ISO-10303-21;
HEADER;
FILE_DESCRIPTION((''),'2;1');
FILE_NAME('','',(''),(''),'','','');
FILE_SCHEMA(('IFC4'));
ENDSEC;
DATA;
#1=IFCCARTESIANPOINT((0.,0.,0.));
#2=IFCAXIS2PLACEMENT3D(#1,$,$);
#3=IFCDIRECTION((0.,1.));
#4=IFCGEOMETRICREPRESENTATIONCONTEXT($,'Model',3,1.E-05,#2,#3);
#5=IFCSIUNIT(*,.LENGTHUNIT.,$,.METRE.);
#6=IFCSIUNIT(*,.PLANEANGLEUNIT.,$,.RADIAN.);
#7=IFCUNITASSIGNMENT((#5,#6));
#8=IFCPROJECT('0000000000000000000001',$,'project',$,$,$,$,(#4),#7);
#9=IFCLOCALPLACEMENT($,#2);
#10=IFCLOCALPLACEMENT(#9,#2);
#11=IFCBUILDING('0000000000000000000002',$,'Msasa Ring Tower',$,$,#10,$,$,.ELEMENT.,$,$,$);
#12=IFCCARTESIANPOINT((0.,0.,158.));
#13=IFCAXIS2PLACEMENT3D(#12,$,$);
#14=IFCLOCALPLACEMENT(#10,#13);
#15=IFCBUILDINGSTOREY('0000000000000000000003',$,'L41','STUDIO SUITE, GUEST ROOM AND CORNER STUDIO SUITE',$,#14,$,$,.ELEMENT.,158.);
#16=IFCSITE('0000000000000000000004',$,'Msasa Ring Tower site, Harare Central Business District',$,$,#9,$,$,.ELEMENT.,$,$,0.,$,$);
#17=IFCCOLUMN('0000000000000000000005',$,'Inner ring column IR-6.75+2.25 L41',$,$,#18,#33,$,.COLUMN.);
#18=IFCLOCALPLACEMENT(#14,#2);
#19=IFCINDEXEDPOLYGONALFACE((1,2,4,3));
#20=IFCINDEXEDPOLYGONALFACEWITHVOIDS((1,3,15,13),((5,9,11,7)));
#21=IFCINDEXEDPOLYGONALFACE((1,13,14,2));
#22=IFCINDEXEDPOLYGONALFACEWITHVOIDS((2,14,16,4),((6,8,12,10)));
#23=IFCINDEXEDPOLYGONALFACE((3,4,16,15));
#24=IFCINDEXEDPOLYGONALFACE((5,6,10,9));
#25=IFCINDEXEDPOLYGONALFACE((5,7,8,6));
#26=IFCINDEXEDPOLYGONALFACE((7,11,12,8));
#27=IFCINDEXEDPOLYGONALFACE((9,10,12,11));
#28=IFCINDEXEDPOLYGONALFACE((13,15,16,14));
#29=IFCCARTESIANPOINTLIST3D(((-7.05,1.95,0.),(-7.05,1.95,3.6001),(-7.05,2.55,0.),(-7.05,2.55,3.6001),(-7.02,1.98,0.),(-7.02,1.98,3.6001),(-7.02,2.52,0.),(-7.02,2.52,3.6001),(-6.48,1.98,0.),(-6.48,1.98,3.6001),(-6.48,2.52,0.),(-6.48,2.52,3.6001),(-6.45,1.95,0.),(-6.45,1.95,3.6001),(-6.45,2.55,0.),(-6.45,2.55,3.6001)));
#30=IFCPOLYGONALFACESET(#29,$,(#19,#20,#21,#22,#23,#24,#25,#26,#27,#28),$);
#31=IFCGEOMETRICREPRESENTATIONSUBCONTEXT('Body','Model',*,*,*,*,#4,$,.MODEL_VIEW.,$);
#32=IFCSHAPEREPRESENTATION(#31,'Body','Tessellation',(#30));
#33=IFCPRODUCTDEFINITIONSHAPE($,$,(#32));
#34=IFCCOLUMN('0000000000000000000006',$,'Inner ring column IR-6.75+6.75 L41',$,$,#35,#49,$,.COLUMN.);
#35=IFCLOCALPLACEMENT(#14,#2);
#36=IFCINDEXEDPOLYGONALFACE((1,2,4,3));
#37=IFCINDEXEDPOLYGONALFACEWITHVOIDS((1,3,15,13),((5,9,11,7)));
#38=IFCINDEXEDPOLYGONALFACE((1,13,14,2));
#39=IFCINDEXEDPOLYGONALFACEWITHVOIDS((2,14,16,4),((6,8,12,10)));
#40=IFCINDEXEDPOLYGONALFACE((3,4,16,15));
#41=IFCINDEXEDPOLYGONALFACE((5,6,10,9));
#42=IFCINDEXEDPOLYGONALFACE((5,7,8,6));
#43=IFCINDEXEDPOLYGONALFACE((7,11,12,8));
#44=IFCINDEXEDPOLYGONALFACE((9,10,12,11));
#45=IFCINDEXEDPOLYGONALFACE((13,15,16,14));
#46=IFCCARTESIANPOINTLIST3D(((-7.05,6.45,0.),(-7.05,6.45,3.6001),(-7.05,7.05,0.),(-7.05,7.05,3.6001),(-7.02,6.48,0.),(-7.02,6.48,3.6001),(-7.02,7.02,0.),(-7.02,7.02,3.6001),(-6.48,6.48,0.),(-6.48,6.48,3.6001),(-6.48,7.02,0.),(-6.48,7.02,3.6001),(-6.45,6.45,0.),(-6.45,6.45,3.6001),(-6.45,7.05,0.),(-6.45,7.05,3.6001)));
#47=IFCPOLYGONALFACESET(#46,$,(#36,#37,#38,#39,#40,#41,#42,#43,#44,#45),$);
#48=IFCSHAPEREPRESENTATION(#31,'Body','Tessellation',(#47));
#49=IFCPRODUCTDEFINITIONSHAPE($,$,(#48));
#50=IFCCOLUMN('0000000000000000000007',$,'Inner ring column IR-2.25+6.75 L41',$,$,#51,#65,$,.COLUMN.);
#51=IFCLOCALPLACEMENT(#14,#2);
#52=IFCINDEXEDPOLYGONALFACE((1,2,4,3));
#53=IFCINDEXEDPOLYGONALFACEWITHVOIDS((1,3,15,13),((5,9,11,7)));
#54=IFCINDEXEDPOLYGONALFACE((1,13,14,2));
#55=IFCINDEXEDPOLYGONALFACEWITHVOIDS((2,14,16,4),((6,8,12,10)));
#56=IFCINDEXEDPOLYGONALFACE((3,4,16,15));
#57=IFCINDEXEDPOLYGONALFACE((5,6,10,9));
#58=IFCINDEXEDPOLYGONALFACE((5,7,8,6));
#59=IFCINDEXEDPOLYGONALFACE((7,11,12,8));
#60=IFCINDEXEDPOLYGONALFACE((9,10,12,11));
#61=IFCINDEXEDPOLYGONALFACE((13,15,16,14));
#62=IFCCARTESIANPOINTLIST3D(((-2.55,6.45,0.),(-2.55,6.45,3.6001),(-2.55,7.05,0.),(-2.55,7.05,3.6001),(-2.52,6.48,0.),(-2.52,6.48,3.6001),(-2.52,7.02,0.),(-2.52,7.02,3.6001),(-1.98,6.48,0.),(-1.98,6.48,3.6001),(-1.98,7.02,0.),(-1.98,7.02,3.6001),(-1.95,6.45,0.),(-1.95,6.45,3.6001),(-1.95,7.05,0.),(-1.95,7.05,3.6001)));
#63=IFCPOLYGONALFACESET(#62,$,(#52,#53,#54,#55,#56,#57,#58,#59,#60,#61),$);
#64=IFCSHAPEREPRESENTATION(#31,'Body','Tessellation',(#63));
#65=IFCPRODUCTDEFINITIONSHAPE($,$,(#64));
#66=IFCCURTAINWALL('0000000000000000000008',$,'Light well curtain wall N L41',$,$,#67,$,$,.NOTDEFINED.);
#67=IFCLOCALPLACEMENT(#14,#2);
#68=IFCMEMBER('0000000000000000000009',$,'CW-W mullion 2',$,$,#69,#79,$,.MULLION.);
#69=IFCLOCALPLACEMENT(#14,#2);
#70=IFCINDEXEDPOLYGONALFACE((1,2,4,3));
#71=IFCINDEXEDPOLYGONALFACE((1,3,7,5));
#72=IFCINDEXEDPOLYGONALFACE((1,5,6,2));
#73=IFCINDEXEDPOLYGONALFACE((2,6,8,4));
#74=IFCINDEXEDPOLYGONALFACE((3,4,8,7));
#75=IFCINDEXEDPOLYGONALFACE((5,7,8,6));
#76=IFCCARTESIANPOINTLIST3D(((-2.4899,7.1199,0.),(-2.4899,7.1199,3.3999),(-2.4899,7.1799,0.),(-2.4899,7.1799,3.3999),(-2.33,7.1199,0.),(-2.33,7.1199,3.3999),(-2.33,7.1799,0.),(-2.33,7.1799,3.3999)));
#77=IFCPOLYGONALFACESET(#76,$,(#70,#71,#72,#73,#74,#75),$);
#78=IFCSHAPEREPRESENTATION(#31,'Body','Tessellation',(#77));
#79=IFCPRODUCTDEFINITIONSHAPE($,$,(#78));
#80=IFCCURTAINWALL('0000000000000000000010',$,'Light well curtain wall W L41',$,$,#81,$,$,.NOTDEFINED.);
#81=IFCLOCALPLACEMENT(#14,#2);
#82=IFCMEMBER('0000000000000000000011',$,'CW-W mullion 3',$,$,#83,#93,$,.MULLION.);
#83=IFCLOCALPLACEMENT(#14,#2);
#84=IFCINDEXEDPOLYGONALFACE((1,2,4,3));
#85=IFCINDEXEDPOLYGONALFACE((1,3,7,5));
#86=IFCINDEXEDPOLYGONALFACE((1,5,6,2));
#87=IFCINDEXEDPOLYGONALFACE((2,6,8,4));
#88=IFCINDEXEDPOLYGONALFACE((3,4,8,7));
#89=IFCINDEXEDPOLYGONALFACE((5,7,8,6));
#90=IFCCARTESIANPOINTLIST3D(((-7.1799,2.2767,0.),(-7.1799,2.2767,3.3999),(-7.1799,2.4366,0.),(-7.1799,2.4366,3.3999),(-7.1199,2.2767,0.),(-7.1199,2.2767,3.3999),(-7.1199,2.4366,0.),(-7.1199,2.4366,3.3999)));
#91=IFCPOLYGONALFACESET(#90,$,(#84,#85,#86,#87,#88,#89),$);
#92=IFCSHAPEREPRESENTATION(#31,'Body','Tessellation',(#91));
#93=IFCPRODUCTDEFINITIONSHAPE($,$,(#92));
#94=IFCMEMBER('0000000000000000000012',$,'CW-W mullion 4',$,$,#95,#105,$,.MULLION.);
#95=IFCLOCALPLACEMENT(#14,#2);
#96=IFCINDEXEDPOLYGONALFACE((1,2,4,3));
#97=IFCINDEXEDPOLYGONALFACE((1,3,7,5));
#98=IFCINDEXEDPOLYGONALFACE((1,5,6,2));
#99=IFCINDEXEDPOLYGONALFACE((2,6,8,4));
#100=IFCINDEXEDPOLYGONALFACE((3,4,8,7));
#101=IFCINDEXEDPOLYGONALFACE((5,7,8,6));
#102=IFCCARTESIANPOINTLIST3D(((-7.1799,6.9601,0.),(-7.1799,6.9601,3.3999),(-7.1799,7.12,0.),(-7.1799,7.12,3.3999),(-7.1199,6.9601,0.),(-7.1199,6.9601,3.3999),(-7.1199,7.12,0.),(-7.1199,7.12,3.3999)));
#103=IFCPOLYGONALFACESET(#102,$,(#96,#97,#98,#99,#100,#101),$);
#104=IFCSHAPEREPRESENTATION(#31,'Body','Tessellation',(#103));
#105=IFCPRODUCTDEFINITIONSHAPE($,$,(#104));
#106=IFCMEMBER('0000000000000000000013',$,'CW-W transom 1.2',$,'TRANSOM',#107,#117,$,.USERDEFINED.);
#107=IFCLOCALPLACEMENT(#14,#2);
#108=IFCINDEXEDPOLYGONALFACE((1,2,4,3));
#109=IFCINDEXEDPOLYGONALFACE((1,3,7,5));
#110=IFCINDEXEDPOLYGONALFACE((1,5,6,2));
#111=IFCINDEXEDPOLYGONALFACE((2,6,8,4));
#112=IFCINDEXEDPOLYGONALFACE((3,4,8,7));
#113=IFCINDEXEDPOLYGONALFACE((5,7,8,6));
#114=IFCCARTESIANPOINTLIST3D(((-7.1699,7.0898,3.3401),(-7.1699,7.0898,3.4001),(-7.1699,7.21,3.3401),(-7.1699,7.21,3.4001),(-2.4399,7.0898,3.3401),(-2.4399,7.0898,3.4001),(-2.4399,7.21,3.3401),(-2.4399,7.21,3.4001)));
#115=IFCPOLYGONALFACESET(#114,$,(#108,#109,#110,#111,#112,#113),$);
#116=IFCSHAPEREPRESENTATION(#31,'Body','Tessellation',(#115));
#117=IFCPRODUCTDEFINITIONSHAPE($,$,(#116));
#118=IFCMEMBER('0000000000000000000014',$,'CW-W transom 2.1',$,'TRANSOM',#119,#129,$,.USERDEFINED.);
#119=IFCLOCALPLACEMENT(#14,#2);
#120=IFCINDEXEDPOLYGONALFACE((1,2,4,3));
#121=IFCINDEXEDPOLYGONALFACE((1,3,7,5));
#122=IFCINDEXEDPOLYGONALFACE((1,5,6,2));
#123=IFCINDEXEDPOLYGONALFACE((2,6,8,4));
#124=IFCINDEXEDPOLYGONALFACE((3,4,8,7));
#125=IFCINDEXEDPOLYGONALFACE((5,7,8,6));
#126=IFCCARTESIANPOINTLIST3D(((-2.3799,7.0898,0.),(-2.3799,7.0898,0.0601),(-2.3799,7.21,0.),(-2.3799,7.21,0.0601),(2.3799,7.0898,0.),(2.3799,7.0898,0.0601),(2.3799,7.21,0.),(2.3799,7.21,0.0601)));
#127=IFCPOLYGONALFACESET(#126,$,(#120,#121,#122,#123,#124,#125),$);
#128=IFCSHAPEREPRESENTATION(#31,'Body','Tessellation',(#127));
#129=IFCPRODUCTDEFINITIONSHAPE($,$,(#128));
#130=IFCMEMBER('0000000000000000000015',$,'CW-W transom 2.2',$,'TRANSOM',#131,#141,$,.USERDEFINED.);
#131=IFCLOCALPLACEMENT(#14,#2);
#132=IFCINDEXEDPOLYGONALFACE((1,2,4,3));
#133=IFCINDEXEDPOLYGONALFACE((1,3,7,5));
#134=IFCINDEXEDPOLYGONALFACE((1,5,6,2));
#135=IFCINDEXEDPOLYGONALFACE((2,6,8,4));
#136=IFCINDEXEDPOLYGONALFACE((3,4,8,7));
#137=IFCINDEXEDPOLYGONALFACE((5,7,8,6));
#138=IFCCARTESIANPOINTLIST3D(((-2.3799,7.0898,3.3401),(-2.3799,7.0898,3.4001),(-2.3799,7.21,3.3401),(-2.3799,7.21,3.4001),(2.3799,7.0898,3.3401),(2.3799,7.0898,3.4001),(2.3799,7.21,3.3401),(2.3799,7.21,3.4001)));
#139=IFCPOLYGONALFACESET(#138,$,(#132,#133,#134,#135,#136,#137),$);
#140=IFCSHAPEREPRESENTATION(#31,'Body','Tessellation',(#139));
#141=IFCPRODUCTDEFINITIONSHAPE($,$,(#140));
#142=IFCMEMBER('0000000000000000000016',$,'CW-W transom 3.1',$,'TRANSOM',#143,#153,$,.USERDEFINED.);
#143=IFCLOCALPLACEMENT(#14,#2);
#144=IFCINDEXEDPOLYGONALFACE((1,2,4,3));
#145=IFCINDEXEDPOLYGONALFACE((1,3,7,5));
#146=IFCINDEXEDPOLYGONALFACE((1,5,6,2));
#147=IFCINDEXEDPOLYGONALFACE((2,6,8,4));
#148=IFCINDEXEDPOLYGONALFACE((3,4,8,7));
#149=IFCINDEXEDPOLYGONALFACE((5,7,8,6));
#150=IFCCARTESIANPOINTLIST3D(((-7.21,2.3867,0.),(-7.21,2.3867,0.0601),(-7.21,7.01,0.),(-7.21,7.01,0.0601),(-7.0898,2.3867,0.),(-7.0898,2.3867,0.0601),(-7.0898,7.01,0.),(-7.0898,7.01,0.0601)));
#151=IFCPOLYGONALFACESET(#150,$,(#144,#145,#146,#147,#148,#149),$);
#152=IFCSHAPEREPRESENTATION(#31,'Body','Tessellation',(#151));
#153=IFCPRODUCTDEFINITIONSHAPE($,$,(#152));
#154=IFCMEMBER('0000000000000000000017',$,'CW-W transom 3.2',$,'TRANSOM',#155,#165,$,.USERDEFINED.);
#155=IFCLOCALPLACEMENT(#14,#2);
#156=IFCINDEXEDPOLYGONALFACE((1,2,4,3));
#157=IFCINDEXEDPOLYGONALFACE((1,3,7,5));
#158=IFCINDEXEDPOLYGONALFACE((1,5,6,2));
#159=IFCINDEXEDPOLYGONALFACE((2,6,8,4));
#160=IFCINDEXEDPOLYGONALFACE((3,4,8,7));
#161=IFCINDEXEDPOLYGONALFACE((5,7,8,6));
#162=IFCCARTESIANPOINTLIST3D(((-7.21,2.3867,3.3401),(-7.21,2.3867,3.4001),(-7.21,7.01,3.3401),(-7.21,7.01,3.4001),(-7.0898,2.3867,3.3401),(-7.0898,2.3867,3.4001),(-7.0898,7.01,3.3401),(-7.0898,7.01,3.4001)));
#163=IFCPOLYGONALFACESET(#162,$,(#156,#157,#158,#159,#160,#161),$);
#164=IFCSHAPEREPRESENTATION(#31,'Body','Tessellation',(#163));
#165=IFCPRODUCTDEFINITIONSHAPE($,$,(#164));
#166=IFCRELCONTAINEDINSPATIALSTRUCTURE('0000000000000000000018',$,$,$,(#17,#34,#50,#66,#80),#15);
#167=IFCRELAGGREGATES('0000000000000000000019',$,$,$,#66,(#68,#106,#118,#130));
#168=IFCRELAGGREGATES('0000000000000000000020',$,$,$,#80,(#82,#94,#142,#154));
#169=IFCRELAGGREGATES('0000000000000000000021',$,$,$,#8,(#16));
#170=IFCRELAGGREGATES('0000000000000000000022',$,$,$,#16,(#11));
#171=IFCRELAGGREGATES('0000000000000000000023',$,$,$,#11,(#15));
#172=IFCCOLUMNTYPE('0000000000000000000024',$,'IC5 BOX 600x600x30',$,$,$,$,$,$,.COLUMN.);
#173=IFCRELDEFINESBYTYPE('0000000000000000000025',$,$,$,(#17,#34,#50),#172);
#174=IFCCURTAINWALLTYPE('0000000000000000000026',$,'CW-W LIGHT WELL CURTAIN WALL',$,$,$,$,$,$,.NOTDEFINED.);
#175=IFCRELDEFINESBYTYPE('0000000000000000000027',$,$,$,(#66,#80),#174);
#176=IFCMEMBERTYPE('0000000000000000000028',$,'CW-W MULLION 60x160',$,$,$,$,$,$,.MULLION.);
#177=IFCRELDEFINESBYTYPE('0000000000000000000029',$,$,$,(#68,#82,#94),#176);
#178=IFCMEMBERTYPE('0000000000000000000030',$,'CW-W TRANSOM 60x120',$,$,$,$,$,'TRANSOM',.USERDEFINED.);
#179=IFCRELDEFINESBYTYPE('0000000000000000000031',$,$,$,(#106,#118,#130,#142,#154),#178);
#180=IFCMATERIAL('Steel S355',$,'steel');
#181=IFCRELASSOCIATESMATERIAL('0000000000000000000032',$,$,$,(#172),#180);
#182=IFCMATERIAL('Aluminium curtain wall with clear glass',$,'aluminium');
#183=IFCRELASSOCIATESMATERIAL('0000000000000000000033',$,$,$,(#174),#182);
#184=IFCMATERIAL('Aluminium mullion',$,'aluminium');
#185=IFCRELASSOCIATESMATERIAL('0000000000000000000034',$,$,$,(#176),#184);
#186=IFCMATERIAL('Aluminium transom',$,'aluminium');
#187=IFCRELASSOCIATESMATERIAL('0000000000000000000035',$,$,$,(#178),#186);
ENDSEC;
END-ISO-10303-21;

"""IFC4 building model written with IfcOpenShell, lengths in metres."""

from ifc_helpers import new_model, si_unit, direction, frame, origin, origin_2d, place, context, subcontext, project, spatial, rectangle, hollow_rectangle, extrude, material, material_profile, profile_set, type_object, element, aggregate, save


model = new_model("IFC4")

# Units and contexts
model_context = context("Model", 3, precision=1e-05, world=origin(), true_north=direction((0.0, 1.0)))
body_context = subcontext(model_context, "Body", "Model", "MODEL_VIEW")
ifc_project = project(units=[si_unit("LENGTHUNIT", "METRE"), si_unit("PLANEANGLEUNIT", "RADIAN")], contexts=[model_context])

# Site, building, storey
site_placement = place(None, origin())
site = spatial("IfcSite", under=ifc_project, at=site_placement, Name="Msasa Ring Tower site, Harare Central Business District", CompositionType="ELEMENT", RefElevation=0.0)
building_placement = place(site_placement, origin())
building = spatial("IfcBuilding", under=site, at=building_placement, Name="Msasa Ring Tower", CompositionType="ELEMENT")
storey_placement = place(building_placement, frame((0.0, 0.0, 158.0)))
storey = spatial("IfcBuildingStorey", under=building, at=storey_placement, Name="L41", Description="STUDIO SUITE, GUEST ROOM AND CORNER STUDIO SUITE", CompositionType="ELEMENT", Elevation=158.0)

# Columns
ifc_material_1 = material(Name="Steel S355", Category="steel")
ifc_material_profile_1 = material_profile(ifc_material_1, hollow_rectangle(XDim=0.6001, YDim=0.6001, WallThickness=0.03, at=origin_2d()), Name="BOX 600x600x30")
ifc_profile_set_1 = profile_set([ifc_material_profile_1], Name="Steel S355")
column_type = type_object("IfcColumnType", Name="IC5 BOX 600x600x30", PredefinedType="COLUMN", material=ifc_profile_set_1)
for number, where, z_axis, x_axis, name in (
    (1, (-6.75, 2.25, 0.0), (0.0, 0.0, 1.0), (1.0, 0.0, 0.0), "Inner ring column IR-6.75+2.25 L41"),
    (2, (-6.75, 6.75, 0.0), (0.0, 0.0, 1.0), (1.0, 0.0, 0.0), "Inner ring column IR-6.75+6.75 L41"),
    (3, (-2.25, 6.75, 0.0), (0.0, 0.0, 1.0), (1.0, 0.0, 0.0), "Inner ring column IR-2.25+6.75 L41"),
):
    element("IfcColumn", number, at=place(storey_placement, frame(where, z_axis=z_axis, x_axis=x_axis)), inside=storey, type_object=column_type, Name=name, PredefinedType="COLUMN", context=body_context, shape_type="SweptSolid", body=[
        extrude(hollow_rectangle(XDim=0.6001, YDim=0.6001, WallThickness=0.03, at=origin_2d()), origin(), (0.0, 0.0, 1.0), 3.6001),
    ])

# Curtain wall, member
ifc_material_2 = material(Name="Aluminium curtain wall with clear glass", Category="aluminium")
curtain_wall_type = type_object("IfcCurtainWallType", Name="CW-W LIGHT WELL CURTAIN WALL", PredefinedType="NOTDEFINED", material=ifc_material_2)
curtain_wall_1_placement = place(storey_placement, origin())
curtain_wall_1 = element("IfcCurtainWall", 4, at=curtain_wall_1_placement, inside=storey, type_object=curtain_wall_type, Name="Light well curtain wall N L41", PredefinedType="NOTDEFINED")
ifc_material_3 = material(Name="Aluminium mullion", Category="aluminium")
ifc_material_profile_2 = material_profile(ifc_material_3, rectangle(XDim=0.0601, YDim=0.1599, at=origin_2d()), Name="AL 60x160")
ifc_profile_set_2 = profile_set([ifc_material_profile_2], Name="Aluminium mullion")
member_type_1 = type_object("IfcMemberType", Name="CW-W MULLION 60x160", PredefinedType="MULLION", material=ifc_profile_set_2)
member_1_placement = place(storey_placement, frame((-2.4099, 7.1499, 0.0), z_axis=(0.0, 0.0, 1.0), x_axis=(0.0, 1.0, 0.0)))
member_1 = element("IfcMember", 5, at=member_1_placement, type_object=member_type_1, Name="CW-W mullion 2", PredefinedType="MULLION", context=body_context, shape_type="SweptSolid", body=[
    extrude(rectangle(XDim=0.0601, YDim=0.1599, at=origin_2d()), origin(), (0.0, 0.0, 1.0), 3.3999),
])

# Curtain wall, members
curtain_wall_2_placement = place(storey_placement, origin())
curtain_wall_2 = element("IfcCurtainWall", 6, at=curtain_wall_2_placement, inside=storey, type_object=curtain_wall_type, Name="Light well curtain wall W L41", PredefinedType="NOTDEFINED")
member_2_placement = place(storey_placement, frame((-7.1499, 2.3567, 0.0), z_axis=(0.0, 0.0, 1.0), x_axis=(-1.0, 0.0, 0.0)))
member_2 = element("IfcMember", 7, at=member_2_placement, type_object=member_type_1, Name="CW-W mullion 3", PredefinedType="MULLION", context=body_context, shape_type="SweptSolid", body=[
    extrude(rectangle(XDim=0.0601, YDim=0.1599, at=origin_2d()), origin(), (0.0, 0.0, 1.0), 3.3999),
])
member_3_placement = place(storey_placement, frame((-7.1499, 7.04, 0.0), z_axis=(0.0, 0.0, 1.0), x_axis=(-1.0, 0.0, 0.0)))
member_3 = element("IfcMember", 8, at=member_3_placement, type_object=member_type_1, Name="CW-W mullion 4", PredefinedType="MULLION", context=body_context, shape_type="SweptSolid", body=[
    extrude(rectangle(XDim=0.0601, YDim=0.1599, at=origin_2d()), origin(), (0.0, 0.0, 1.0), 3.3999),
])

# Members
ifc_material_4 = material(Name="Aluminium transom", Category="aluminium")
ifc_material_profile_3 = material_profile(ifc_material_4, rectangle(XDim=0.1201, YDim=0.0601, at=origin_2d()), Name="AL 60x120")
ifc_profile_set_3 = profile_set([ifc_material_profile_3], Name="Aluminium transom")
member_type_2 = type_object("IfcMemberType", Name="CW-W TRANSOM 60x120", ElementType="TRANSOM", PredefinedType="USERDEFINED", material=ifc_profile_set_3)
member_4_placement = place(storey_placement, frame((-7.1699, 7.1499, 3.3701), z_axis=(1.0, 0.0, 0.0), x_axis=(0.0, 1.0, 0.0)))
member_4 = element("IfcMember", 9, at=member_4_placement, type_object=member_type_2, Name="CW-W transom 1.2", ObjectType="TRANSOM", PredefinedType="USERDEFINED", context=body_context, shape_type="SweptSolid", body=[
    extrude(rectangle(XDim=0.1201, YDim=0.0601, at=origin_2d()), origin(), (0.0, 0.0, 1.0), 4.73),
])
member_5_placement = place(storey_placement, frame((-2.3799, 7.1499, 0.03), z_axis=(1.0, 0.0, 0.0), x_axis=(0.0, 1.0, 0.0)))
member_5 = element("IfcMember", 10, at=member_5_placement, type_object=member_type_2, Name="CW-W transom 2.1", ObjectType="TRANSOM", PredefinedType="USERDEFINED", context=body_context, shape_type="SweptSolid", body=[
    extrude(rectangle(XDim=0.1201, YDim=0.0601, at=origin_2d()), origin(), (0.0, 0.0, 1.0), 4.7598),
])
member_6_placement = place(storey_placement, frame((-2.3799, 7.1499, 3.3701), z_axis=(1.0, 0.0, 0.0), x_axis=(0.0, 1.0, 0.0)))
member_6 = element("IfcMember", 11, at=member_6_placement, type_object=member_type_2, Name="CW-W transom 2.2", ObjectType="TRANSOM", PredefinedType="USERDEFINED", context=body_context, shape_type="SweptSolid", body=[
    extrude(rectangle(XDim=0.1201, YDim=0.0601, at=origin_2d()), origin(), (0.0, 0.0, 1.0), 4.7598),
])
member_7_placement = place(storey_placement, frame((-7.1499, 2.3867, 0.03), z_axis=(0.0, 1.0, 0.0), x_axis=(-1.0, 0.0, 0.0)))
member_7 = element("IfcMember", 12, at=member_7_placement, type_object=member_type_2, Name="CW-W transom 3.1", ObjectType="TRANSOM", PredefinedType="USERDEFINED", context=body_context, shape_type="SweptSolid", body=[
    extrude(rectangle(XDim=0.1201, YDim=0.0601, at=origin_2d()), origin(), (0.0, 0.0, 1.0), 4.6233),
])
member_8_placement = place(storey_placement, frame((-7.1499, 2.3867, 3.3701), z_axis=(0.0, 1.0, 0.0), x_axis=(-1.0, 0.0, 0.0)))
member_8 = element("IfcMember", 13, at=member_8_placement, type_object=member_type_2, Name="CW-W transom 3.2", ObjectType="TRANSOM", PredefinedType="USERDEFINED", context=body_context, shape_type="SweptSolid", body=[
    extrude(rectangle(XDim=0.1201, YDim=0.0601, at=origin_2d()), origin(), (0.0, 0.0, 1.0), 4.6233),
])

aggregate(curtain_wall_1, [member_1, member_4, member_5, member_6])
aggregate(curtain_wall_2, [member_2, member_3, member_7, member_8])

save(model, "model.ifc")
